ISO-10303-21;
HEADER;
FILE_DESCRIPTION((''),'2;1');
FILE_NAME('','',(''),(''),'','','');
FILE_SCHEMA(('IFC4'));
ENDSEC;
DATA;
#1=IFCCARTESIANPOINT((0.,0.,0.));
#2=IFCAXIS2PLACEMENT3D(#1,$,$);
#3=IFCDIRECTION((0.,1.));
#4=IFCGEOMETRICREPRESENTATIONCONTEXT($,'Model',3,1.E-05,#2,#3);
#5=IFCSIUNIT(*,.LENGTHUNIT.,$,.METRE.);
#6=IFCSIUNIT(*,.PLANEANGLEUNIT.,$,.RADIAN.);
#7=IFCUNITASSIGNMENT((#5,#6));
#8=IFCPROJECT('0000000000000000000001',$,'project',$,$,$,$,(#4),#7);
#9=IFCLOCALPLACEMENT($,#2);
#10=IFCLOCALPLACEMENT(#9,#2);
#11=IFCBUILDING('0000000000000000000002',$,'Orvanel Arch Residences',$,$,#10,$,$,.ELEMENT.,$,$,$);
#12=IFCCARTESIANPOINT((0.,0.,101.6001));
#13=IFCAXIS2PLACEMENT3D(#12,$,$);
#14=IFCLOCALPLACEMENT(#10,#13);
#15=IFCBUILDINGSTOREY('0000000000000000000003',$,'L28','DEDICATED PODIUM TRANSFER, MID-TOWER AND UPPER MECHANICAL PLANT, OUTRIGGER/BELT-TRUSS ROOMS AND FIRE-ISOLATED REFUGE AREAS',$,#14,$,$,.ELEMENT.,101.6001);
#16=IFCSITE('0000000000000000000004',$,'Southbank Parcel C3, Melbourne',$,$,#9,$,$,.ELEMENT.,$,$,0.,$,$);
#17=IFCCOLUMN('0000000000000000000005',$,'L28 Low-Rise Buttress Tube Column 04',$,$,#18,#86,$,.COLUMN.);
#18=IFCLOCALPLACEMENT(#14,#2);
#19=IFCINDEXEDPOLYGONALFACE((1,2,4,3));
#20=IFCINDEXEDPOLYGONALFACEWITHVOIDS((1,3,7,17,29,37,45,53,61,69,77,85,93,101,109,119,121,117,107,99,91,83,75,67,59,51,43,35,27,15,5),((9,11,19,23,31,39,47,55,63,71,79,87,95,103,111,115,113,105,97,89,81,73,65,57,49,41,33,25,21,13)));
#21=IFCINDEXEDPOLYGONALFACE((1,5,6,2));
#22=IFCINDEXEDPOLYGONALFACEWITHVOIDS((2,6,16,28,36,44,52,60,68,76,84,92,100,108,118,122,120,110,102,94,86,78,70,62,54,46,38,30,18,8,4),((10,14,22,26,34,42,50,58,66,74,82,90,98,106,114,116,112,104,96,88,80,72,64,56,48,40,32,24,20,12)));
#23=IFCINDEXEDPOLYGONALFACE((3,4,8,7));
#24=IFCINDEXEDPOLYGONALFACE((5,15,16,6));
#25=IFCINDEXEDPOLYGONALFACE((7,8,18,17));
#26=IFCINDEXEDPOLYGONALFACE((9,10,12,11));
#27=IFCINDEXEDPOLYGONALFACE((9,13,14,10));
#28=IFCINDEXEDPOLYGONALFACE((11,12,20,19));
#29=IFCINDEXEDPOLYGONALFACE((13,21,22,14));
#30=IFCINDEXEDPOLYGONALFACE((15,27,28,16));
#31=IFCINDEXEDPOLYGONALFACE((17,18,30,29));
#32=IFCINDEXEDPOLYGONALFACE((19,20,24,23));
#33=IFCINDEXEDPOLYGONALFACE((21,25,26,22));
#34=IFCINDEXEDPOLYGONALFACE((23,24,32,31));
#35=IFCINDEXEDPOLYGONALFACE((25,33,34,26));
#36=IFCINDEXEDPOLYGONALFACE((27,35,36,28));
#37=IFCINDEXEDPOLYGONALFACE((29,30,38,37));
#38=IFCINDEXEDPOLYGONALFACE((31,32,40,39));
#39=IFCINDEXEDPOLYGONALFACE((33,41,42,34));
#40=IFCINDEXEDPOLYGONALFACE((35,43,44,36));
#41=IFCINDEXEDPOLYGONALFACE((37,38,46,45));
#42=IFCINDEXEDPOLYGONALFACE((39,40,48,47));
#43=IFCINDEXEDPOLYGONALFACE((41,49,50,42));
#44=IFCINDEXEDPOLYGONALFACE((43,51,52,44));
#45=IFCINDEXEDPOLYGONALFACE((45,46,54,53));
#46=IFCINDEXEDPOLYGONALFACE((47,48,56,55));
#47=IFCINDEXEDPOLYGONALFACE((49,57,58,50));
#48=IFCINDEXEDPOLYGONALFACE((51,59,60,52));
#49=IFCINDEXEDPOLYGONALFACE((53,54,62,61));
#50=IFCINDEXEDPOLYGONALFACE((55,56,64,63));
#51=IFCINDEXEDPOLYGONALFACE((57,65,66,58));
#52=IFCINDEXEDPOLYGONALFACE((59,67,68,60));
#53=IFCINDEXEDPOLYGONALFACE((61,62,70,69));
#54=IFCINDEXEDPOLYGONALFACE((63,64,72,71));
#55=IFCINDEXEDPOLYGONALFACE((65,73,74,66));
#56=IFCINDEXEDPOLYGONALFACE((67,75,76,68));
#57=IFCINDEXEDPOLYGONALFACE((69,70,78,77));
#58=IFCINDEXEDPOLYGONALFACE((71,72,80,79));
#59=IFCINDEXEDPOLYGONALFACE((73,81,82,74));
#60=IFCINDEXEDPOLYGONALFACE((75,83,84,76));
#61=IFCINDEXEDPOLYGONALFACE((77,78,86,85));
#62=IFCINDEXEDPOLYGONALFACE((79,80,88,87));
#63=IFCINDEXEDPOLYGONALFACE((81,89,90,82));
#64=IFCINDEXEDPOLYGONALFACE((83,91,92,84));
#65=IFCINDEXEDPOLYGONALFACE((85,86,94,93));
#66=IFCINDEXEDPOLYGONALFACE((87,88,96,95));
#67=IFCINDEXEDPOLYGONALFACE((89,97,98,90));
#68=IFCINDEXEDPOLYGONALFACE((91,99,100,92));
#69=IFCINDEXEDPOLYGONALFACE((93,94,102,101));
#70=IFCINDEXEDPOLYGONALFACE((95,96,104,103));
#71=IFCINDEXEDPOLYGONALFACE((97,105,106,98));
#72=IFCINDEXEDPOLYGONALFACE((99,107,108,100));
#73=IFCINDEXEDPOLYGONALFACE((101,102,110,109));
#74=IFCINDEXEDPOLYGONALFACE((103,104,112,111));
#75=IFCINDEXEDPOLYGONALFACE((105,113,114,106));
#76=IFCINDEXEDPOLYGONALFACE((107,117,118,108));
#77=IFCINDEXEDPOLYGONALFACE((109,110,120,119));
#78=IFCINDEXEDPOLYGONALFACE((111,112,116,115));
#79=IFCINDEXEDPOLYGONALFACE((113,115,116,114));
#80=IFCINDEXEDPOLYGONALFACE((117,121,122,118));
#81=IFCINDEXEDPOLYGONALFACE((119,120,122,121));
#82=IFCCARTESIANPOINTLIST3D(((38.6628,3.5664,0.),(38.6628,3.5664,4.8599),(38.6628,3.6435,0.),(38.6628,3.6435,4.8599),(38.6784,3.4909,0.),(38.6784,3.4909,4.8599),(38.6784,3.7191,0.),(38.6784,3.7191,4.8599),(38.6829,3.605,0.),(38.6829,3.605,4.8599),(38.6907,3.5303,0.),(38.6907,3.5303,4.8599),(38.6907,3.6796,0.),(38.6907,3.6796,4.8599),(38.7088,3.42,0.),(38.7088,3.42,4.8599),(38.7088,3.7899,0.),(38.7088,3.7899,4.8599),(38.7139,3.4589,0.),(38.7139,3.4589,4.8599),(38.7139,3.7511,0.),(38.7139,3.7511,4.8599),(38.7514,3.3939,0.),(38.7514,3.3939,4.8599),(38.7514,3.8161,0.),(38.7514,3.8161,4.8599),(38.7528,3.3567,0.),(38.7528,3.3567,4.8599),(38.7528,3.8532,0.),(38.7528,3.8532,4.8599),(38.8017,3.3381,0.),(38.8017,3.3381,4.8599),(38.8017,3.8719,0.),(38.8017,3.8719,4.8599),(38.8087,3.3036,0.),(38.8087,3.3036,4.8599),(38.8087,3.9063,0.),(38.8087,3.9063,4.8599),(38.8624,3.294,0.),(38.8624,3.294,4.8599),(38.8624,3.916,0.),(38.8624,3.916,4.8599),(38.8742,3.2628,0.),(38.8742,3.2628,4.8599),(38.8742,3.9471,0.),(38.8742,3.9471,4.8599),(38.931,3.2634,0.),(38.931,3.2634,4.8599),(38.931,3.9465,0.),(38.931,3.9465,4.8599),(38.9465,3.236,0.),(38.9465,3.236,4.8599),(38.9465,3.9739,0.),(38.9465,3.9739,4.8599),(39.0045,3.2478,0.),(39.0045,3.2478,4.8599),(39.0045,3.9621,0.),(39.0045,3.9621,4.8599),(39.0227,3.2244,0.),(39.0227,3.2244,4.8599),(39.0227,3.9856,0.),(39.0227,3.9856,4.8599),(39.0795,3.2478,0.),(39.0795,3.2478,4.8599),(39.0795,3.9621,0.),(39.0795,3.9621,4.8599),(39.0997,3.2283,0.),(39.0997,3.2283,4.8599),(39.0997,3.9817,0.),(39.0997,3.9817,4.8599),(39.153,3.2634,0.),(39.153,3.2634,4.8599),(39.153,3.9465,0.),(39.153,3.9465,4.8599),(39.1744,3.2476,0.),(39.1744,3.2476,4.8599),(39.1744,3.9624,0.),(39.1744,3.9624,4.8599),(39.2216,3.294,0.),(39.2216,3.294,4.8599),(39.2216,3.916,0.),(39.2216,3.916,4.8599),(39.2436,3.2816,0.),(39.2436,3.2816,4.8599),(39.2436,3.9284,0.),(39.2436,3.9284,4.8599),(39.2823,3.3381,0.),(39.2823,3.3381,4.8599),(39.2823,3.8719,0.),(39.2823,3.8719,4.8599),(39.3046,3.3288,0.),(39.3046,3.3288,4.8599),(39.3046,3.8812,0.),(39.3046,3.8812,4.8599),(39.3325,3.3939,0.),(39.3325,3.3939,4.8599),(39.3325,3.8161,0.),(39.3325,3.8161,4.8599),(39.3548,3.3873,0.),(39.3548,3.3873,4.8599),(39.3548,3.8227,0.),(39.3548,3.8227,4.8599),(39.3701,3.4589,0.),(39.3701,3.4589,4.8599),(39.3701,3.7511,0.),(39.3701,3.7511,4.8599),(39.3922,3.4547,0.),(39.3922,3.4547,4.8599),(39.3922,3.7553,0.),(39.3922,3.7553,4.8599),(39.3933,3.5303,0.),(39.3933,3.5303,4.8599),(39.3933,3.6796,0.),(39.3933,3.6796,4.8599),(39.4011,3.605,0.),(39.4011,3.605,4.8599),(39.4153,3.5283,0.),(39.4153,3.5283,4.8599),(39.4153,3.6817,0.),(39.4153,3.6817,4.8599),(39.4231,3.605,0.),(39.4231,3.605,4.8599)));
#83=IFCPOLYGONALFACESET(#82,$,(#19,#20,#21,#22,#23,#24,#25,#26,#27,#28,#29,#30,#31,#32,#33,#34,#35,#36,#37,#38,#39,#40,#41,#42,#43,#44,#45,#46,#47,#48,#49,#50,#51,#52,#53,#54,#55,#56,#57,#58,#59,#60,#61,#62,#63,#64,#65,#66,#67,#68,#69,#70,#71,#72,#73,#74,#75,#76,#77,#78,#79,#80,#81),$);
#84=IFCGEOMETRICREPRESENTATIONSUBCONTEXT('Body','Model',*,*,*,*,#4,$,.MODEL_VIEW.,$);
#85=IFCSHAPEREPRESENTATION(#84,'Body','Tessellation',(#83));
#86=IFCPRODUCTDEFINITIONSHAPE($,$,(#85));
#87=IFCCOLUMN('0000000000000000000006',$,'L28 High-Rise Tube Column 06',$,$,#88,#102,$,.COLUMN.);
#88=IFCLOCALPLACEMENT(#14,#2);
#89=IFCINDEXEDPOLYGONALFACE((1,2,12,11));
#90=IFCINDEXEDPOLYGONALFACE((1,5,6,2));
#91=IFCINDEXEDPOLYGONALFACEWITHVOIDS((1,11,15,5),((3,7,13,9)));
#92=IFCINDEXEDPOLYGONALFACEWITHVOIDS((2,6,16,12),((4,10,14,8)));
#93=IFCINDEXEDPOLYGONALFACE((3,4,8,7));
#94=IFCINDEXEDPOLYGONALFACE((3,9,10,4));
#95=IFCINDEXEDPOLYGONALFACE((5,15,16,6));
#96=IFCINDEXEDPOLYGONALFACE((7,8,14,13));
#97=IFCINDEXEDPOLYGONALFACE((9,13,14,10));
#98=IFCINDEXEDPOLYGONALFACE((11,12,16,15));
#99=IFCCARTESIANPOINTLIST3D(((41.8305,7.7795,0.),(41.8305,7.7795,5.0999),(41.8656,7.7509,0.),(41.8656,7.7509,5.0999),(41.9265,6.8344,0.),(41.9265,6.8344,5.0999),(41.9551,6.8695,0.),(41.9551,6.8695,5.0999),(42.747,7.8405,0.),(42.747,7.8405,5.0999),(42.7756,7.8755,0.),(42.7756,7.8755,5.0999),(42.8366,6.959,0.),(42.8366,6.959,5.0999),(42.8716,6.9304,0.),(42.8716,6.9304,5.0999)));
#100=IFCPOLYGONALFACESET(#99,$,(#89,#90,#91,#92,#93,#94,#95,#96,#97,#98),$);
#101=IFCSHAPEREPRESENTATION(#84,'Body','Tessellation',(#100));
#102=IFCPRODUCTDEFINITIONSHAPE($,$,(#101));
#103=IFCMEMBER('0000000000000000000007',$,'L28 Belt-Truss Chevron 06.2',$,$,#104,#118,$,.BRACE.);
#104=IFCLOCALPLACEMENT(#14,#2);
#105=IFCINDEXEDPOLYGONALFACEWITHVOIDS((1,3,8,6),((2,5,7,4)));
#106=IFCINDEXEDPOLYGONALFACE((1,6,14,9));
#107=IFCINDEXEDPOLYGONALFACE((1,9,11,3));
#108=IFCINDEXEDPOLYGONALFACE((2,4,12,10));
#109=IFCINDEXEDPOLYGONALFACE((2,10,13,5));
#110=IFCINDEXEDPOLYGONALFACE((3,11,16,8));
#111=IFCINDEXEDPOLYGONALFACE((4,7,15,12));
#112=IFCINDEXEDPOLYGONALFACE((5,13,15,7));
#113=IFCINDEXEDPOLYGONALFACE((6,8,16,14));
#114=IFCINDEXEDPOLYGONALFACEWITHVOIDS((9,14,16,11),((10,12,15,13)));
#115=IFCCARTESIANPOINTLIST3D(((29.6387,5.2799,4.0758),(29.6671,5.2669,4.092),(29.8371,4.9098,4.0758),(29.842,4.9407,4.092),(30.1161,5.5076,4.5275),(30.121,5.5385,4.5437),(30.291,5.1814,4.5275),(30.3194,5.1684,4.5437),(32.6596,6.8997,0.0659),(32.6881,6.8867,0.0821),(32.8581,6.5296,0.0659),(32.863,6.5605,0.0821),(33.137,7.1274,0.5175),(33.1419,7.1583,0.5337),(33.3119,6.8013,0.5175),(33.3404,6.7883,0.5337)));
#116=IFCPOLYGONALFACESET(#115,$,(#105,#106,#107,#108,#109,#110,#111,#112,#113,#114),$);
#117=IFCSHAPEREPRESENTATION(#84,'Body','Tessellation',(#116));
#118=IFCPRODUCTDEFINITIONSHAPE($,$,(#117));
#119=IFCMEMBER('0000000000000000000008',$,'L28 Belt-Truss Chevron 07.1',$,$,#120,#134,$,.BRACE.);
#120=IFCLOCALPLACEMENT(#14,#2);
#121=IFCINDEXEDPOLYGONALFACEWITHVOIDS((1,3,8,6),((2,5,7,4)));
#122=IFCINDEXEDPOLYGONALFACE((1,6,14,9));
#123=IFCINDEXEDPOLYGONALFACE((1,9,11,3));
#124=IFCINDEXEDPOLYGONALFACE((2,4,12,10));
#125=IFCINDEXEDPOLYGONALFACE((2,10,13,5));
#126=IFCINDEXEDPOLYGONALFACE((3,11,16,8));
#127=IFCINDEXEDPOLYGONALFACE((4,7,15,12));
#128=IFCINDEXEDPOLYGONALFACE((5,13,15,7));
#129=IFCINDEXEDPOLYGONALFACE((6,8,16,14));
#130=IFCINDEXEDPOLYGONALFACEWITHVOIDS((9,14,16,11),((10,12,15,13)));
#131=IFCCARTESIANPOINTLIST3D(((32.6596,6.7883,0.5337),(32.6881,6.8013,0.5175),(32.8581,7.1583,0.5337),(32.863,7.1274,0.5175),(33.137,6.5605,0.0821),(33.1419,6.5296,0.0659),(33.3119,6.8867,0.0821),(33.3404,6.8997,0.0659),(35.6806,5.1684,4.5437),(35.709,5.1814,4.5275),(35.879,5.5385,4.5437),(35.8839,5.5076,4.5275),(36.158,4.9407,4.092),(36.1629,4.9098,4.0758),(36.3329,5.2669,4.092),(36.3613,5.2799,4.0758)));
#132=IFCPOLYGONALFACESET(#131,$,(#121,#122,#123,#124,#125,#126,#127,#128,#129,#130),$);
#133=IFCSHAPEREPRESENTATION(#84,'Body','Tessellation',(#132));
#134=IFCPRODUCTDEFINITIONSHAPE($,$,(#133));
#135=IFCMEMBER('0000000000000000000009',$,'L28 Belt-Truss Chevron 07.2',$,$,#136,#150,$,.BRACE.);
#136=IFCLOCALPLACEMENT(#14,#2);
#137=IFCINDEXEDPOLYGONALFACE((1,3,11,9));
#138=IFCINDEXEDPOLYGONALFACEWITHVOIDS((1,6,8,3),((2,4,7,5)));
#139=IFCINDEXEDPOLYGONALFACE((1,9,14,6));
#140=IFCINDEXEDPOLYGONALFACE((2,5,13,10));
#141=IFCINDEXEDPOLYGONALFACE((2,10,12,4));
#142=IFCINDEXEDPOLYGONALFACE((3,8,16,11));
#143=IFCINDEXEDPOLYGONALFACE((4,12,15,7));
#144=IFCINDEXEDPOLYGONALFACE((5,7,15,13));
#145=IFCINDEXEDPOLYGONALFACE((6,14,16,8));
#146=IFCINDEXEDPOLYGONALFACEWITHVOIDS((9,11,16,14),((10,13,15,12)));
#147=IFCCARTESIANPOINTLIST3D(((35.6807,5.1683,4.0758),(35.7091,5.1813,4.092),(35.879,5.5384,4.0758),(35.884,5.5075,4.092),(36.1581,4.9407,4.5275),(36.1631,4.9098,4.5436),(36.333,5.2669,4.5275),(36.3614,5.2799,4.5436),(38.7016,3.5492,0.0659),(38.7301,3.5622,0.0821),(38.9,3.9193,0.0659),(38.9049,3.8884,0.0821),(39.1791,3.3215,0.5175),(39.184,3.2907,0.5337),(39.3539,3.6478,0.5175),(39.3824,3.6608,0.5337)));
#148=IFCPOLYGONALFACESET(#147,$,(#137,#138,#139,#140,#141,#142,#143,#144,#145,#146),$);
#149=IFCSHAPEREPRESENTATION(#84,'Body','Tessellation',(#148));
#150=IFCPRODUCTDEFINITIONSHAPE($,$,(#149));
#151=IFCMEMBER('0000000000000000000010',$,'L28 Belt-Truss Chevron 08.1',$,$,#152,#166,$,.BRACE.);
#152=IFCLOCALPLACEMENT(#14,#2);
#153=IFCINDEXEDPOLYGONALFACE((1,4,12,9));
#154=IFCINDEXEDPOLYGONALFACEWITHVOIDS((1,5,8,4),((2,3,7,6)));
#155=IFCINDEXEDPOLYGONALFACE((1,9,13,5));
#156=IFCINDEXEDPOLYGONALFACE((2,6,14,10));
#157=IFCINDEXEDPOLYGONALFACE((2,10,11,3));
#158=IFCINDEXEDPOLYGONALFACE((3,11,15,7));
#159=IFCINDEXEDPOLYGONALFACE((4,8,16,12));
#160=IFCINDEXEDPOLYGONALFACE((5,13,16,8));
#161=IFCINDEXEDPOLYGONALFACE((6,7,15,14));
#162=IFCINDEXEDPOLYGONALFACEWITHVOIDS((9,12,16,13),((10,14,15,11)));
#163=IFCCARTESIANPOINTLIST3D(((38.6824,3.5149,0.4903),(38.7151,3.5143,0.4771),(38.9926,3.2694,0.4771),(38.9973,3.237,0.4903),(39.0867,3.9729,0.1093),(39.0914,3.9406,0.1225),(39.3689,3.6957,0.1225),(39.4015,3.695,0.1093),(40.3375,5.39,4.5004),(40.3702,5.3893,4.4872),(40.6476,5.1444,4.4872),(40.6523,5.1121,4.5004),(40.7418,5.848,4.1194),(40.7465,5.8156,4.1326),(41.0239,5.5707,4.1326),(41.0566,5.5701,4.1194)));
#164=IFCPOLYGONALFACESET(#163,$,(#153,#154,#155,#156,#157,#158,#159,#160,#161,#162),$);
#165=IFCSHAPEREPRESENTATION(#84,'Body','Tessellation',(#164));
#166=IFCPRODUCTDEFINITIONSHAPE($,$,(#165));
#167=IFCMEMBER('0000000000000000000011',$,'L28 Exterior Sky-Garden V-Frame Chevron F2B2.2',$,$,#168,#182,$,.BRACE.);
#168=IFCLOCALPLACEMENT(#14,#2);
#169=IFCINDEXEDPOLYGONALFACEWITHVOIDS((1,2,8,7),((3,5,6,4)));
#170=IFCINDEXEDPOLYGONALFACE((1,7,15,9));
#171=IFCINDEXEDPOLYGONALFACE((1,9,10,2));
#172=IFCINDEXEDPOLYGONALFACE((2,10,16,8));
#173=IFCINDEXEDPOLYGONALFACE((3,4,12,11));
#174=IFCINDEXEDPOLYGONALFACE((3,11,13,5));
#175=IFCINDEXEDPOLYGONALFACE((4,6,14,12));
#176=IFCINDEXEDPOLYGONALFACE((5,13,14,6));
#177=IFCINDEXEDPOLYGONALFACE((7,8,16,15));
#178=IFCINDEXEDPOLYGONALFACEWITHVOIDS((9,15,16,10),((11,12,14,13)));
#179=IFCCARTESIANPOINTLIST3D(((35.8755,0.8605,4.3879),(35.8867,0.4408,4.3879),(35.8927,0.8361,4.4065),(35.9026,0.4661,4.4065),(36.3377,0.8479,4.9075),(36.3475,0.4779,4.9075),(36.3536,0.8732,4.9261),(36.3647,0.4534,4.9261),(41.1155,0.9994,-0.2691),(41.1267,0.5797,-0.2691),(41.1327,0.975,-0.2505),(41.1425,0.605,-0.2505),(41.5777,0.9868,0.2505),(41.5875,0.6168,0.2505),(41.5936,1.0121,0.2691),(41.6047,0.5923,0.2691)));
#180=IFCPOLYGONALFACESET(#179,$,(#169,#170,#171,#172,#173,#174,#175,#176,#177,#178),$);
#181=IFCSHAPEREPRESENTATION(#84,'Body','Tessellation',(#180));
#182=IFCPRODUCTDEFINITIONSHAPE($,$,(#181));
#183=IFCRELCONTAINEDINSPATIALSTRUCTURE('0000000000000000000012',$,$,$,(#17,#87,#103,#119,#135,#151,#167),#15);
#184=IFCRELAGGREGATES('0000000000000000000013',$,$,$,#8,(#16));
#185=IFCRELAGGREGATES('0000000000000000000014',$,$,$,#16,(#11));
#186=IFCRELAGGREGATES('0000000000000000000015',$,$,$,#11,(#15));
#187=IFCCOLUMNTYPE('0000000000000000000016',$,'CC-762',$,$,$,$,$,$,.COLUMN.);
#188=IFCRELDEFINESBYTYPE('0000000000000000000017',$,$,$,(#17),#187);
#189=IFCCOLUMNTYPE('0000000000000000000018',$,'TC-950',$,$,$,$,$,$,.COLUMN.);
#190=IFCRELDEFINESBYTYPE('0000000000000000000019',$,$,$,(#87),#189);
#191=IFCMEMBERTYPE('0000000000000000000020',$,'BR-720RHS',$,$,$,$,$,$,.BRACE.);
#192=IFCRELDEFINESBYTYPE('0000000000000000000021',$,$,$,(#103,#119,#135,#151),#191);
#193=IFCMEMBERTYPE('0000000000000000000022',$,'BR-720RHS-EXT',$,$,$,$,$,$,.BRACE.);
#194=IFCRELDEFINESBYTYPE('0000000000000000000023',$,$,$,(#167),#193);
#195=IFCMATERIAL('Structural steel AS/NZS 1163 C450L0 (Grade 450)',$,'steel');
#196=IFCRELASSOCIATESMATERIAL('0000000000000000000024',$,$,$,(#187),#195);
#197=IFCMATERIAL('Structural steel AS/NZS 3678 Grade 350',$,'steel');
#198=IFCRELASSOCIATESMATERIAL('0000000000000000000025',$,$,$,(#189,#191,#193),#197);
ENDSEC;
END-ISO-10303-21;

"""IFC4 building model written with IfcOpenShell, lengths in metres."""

from ifc_helpers import new_model, si_unit, direction, frame, origin, origin_2d, place, context, subcontext, project, spatial, hollow_rectangle, hollow_circle, extrude, material, material_profile, profile_set, type_object, element, save


model = new_model("IFC4")

# Units and contexts
model_context = context("Model", 3, precision=1e-05, world=origin(), true_north=direction((0.0, 1.0)))
body_context = subcontext(model_context, "Body", "Model", "MODEL_VIEW")
ifc_project = project(units=[si_unit("LENGTHUNIT", "METRE"), si_unit("PLANEANGLEUNIT", "RADIAN")], contexts=[model_context])

# Site, building, storey
site_placement = place(None, origin())
site = spatial("IfcSite", under=ifc_project, at=site_placement, Name="Southbank Parcel C3, Melbourne", CompositionType="ELEMENT", RefElevation=0.0)
building_placement = place(site_placement, origin())
building = spatial("IfcBuilding", under=site, at=building_placement, Name="Orvanel Arch Residences", CompositionType="ELEMENT")
storey_placement = place(building_placement, frame((0.0, 0.0, 101.6001)))
storey = spatial("IfcBuildingStorey", under=building, at=storey_placement, Name="L28", Description="DEDICATED PODIUM TRANSFER, MID-TOWER AND UPPER MECHANICAL PLANT, OUTRIGGER/BELT-TRUSS ROOMS AND FIRE-ISOLATED REFUGE AREAS", CompositionType="ELEMENT", Elevation=101.6001)

# Columns
ifc_material_1 = material(Name="Structural steel AS/NZS 1163 C450L0 (Grade 450)", Category="steel")
ifc_material_profile_1 = material_profile(ifc_material_1, hollow_circle(Radius=0.3811, WallThickness=0.022, at=origin_2d()), Name="CHS762x22")
ifc_profile_set_1 = profile_set([ifc_material_profile_1], Name="Structural steel AS/NZS 1163 C450L0 (Grade 450)")
column_type_1 = type_object("IfcColumnType", Name="CC-762", PredefinedType="COLUMN", material=ifc_profile_set_1)
column_1_placement = place(storey_placement, frame((39.042, 3.605, 0.0), z_axis=(0.0, 0.0, 1.0), x_axis=(1.0, 0.0, 0.0)))
element("IfcColumn", 1, at=column_1_placement, inside=storey, type_object=column_type_1, Name="L28 Low-Rise Buttress Tube Column 04", PredefinedType="COLUMN", context=body_context, shape_type="SweptSolid", body=[
    extrude(hollow_circle(Radius=0.3811, WallThickness=0.022, at=origin_2d()), origin(), (0.0, 0.0, 1.0), 4.8599),
])
ifc_material_2 = material(Name="Structural steel AS/NZS 3678 Grade 350", Category="steel")
ifc_material_profile_2 = material_profile(ifc_material_2, hollow_rectangle(XDim=0.95, YDim=0.95, WallThickness=0.032, at=origin_2d()), Name="BOX950x950x32")
ifc_profile_set_2 = profile_set([ifc_material_profile_2], Name="Structural steel AS/NZS 3678 Grade 350")
column_type_2 = type_object("IfcColumnType", Name="TC-950", PredefinedType="COLUMN", material=ifc_profile_set_2)
column_2_placement = place(storey_placement, frame((42.3511, 7.355, 0.0), z_axis=(0.0, 0.0, 1.0), x_axis=(0.994881, 0.101056, 0.0)))
element("IfcColumn", 2, at=column_2_placement, inside=storey, type_object=column_type_2, Name="L28 High-Rise Tube Column 06", PredefinedType="COLUMN", context=body_context, shape_type="SweptSolid", body=[
    extrude(hollow_rectangle(XDim=0.95, YDim=0.95, WallThickness=0.032, at=origin_2d()), origin(), (0.0, 0.0, 1.0), 5.0999),
])

# Members
ifc_material_profile_3 = material_profile(ifc_material_2, hollow_rectangle(XDim=0.4199, YDim=0.72, WallThickness=0.0249, at=origin_2d()), Name="RHS720x420x25")
ifc_profile_set_3 = profile_set([ifc_material_profile_3], Name="Structural steel AS/NZS 3678 Grade 350")
member_type_1 = type_object("IfcMemberType", Name="BR-720RHS", PredefinedType="BRACE", material=ifc_profile_set_3)
for number, where, z_axis, x_axis, name in (
    (3, (33.0, 6.844, 0.2998), (-0.57265, -0.307058, 0.760124), (0.472557, -0.8813, 0.0), "L28 Belt-Truss Chevron 06.2"),
    (4, (33.0, 6.844, 0.2998), (0.57265, -0.307058, 0.760124), (0.472557, 0.8813, 0.0), "L28 Belt-Truss Chevron 07.1"),
):
    element("IfcMember", number, at=place(storey_placement, frame(where, z_axis=z_axis, x_axis=x_axis)), inside=storey, type_object=member_type_1, Name=name, PredefinedType="BRACE", context=body_context, shape_type="SweptSolid", body=[
        extrude(hollow_rectangle(XDim=0.4199, YDim=0.72, WallThickness=0.0249, at=origin_2d()), origin(), (0.0, 0.0, 1.0), 5.2754),
    ])
member_1_placement = place(storey_placement, frame((39.042, 3.605, 0.2998), z_axis=(-0.572674, 0.306932, 0.760156), x_axis=(-0.472391, -0.881389, 0.0)))
element("IfcMember", 5, at=member_1_placement, inside=storey, type_object=member_type_1, Name="L28 Belt-Truss Chevron 07.2", PredefinedType="BRACE", context=body_context, shape_type="SweptSolid", body=[
    extrude(hollow_rectangle(XDim=0.4199, YDim=0.72, WallThickness=0.0249, at=origin_2d()), origin(), (0.0, 0.0, 1.0), 5.2751),
])
member_2_placement = place(storey_placement, frame((39.042, 3.605, 0.2998), z_axis=(0.350198, 0.396743, 0.848503), x_axis=(-0.749715, 0.66176, 0.0)))
element("IfcMember", 6, at=member_2_placement, inside=storey, type_object=member_type_1, Name="L28 Belt-Truss Chevron 08.1", PredefinedType="BRACE", context=body_context, shape_type="SweptSolid", body=[
    extrude(hollow_rectangle(XDim=0.4199, YDim=0.72, WallThickness=0.0249, at=origin_2d()), origin(), (0.0, 0.0, 1.0), 4.7261),
])
ifc_material_profile_4 = material_profile(ifc_material_2, hollow_rectangle(XDim=0.4199, YDim=0.72, WallThickness=0.0249, at=origin_2d()), Name="RHS720x420x25")
ifc_profile_set_4 = profile_set([ifc_material_profile_4], Name="Structural steel AS/NZS 3678 Grade 350")
member_type_2 = type_object("IfcMemberType", Name="BR-720RHS-EXT", PredefinedType="BRACE", material=ifc_profile_set_4)
member_3_placement = place(storey_placement, frame((41.3601, 0.7959, 0.0), z_axis=(-0.747318, -0.019812, 0.664171), x_axis=(0.026501, -0.999649, 0.0)))
element("IfcMember", 7, at=member_3_placement, inside=storey, type_object=member_type_2, Name="L28 Exterior Sky-Garden V-Frame Chevron F2B2.2", PredefinedType="BRACE", context=body_context, shape_type="SweptSolid", body=[
    extrude(hollow_rectangle(XDim=0.4199, YDim=0.72, WallThickness=0.0249, at=origin_2d()), origin(), (0.0, 0.0, 1.0), 7.0117),
])

save(model, "model.ifc")
